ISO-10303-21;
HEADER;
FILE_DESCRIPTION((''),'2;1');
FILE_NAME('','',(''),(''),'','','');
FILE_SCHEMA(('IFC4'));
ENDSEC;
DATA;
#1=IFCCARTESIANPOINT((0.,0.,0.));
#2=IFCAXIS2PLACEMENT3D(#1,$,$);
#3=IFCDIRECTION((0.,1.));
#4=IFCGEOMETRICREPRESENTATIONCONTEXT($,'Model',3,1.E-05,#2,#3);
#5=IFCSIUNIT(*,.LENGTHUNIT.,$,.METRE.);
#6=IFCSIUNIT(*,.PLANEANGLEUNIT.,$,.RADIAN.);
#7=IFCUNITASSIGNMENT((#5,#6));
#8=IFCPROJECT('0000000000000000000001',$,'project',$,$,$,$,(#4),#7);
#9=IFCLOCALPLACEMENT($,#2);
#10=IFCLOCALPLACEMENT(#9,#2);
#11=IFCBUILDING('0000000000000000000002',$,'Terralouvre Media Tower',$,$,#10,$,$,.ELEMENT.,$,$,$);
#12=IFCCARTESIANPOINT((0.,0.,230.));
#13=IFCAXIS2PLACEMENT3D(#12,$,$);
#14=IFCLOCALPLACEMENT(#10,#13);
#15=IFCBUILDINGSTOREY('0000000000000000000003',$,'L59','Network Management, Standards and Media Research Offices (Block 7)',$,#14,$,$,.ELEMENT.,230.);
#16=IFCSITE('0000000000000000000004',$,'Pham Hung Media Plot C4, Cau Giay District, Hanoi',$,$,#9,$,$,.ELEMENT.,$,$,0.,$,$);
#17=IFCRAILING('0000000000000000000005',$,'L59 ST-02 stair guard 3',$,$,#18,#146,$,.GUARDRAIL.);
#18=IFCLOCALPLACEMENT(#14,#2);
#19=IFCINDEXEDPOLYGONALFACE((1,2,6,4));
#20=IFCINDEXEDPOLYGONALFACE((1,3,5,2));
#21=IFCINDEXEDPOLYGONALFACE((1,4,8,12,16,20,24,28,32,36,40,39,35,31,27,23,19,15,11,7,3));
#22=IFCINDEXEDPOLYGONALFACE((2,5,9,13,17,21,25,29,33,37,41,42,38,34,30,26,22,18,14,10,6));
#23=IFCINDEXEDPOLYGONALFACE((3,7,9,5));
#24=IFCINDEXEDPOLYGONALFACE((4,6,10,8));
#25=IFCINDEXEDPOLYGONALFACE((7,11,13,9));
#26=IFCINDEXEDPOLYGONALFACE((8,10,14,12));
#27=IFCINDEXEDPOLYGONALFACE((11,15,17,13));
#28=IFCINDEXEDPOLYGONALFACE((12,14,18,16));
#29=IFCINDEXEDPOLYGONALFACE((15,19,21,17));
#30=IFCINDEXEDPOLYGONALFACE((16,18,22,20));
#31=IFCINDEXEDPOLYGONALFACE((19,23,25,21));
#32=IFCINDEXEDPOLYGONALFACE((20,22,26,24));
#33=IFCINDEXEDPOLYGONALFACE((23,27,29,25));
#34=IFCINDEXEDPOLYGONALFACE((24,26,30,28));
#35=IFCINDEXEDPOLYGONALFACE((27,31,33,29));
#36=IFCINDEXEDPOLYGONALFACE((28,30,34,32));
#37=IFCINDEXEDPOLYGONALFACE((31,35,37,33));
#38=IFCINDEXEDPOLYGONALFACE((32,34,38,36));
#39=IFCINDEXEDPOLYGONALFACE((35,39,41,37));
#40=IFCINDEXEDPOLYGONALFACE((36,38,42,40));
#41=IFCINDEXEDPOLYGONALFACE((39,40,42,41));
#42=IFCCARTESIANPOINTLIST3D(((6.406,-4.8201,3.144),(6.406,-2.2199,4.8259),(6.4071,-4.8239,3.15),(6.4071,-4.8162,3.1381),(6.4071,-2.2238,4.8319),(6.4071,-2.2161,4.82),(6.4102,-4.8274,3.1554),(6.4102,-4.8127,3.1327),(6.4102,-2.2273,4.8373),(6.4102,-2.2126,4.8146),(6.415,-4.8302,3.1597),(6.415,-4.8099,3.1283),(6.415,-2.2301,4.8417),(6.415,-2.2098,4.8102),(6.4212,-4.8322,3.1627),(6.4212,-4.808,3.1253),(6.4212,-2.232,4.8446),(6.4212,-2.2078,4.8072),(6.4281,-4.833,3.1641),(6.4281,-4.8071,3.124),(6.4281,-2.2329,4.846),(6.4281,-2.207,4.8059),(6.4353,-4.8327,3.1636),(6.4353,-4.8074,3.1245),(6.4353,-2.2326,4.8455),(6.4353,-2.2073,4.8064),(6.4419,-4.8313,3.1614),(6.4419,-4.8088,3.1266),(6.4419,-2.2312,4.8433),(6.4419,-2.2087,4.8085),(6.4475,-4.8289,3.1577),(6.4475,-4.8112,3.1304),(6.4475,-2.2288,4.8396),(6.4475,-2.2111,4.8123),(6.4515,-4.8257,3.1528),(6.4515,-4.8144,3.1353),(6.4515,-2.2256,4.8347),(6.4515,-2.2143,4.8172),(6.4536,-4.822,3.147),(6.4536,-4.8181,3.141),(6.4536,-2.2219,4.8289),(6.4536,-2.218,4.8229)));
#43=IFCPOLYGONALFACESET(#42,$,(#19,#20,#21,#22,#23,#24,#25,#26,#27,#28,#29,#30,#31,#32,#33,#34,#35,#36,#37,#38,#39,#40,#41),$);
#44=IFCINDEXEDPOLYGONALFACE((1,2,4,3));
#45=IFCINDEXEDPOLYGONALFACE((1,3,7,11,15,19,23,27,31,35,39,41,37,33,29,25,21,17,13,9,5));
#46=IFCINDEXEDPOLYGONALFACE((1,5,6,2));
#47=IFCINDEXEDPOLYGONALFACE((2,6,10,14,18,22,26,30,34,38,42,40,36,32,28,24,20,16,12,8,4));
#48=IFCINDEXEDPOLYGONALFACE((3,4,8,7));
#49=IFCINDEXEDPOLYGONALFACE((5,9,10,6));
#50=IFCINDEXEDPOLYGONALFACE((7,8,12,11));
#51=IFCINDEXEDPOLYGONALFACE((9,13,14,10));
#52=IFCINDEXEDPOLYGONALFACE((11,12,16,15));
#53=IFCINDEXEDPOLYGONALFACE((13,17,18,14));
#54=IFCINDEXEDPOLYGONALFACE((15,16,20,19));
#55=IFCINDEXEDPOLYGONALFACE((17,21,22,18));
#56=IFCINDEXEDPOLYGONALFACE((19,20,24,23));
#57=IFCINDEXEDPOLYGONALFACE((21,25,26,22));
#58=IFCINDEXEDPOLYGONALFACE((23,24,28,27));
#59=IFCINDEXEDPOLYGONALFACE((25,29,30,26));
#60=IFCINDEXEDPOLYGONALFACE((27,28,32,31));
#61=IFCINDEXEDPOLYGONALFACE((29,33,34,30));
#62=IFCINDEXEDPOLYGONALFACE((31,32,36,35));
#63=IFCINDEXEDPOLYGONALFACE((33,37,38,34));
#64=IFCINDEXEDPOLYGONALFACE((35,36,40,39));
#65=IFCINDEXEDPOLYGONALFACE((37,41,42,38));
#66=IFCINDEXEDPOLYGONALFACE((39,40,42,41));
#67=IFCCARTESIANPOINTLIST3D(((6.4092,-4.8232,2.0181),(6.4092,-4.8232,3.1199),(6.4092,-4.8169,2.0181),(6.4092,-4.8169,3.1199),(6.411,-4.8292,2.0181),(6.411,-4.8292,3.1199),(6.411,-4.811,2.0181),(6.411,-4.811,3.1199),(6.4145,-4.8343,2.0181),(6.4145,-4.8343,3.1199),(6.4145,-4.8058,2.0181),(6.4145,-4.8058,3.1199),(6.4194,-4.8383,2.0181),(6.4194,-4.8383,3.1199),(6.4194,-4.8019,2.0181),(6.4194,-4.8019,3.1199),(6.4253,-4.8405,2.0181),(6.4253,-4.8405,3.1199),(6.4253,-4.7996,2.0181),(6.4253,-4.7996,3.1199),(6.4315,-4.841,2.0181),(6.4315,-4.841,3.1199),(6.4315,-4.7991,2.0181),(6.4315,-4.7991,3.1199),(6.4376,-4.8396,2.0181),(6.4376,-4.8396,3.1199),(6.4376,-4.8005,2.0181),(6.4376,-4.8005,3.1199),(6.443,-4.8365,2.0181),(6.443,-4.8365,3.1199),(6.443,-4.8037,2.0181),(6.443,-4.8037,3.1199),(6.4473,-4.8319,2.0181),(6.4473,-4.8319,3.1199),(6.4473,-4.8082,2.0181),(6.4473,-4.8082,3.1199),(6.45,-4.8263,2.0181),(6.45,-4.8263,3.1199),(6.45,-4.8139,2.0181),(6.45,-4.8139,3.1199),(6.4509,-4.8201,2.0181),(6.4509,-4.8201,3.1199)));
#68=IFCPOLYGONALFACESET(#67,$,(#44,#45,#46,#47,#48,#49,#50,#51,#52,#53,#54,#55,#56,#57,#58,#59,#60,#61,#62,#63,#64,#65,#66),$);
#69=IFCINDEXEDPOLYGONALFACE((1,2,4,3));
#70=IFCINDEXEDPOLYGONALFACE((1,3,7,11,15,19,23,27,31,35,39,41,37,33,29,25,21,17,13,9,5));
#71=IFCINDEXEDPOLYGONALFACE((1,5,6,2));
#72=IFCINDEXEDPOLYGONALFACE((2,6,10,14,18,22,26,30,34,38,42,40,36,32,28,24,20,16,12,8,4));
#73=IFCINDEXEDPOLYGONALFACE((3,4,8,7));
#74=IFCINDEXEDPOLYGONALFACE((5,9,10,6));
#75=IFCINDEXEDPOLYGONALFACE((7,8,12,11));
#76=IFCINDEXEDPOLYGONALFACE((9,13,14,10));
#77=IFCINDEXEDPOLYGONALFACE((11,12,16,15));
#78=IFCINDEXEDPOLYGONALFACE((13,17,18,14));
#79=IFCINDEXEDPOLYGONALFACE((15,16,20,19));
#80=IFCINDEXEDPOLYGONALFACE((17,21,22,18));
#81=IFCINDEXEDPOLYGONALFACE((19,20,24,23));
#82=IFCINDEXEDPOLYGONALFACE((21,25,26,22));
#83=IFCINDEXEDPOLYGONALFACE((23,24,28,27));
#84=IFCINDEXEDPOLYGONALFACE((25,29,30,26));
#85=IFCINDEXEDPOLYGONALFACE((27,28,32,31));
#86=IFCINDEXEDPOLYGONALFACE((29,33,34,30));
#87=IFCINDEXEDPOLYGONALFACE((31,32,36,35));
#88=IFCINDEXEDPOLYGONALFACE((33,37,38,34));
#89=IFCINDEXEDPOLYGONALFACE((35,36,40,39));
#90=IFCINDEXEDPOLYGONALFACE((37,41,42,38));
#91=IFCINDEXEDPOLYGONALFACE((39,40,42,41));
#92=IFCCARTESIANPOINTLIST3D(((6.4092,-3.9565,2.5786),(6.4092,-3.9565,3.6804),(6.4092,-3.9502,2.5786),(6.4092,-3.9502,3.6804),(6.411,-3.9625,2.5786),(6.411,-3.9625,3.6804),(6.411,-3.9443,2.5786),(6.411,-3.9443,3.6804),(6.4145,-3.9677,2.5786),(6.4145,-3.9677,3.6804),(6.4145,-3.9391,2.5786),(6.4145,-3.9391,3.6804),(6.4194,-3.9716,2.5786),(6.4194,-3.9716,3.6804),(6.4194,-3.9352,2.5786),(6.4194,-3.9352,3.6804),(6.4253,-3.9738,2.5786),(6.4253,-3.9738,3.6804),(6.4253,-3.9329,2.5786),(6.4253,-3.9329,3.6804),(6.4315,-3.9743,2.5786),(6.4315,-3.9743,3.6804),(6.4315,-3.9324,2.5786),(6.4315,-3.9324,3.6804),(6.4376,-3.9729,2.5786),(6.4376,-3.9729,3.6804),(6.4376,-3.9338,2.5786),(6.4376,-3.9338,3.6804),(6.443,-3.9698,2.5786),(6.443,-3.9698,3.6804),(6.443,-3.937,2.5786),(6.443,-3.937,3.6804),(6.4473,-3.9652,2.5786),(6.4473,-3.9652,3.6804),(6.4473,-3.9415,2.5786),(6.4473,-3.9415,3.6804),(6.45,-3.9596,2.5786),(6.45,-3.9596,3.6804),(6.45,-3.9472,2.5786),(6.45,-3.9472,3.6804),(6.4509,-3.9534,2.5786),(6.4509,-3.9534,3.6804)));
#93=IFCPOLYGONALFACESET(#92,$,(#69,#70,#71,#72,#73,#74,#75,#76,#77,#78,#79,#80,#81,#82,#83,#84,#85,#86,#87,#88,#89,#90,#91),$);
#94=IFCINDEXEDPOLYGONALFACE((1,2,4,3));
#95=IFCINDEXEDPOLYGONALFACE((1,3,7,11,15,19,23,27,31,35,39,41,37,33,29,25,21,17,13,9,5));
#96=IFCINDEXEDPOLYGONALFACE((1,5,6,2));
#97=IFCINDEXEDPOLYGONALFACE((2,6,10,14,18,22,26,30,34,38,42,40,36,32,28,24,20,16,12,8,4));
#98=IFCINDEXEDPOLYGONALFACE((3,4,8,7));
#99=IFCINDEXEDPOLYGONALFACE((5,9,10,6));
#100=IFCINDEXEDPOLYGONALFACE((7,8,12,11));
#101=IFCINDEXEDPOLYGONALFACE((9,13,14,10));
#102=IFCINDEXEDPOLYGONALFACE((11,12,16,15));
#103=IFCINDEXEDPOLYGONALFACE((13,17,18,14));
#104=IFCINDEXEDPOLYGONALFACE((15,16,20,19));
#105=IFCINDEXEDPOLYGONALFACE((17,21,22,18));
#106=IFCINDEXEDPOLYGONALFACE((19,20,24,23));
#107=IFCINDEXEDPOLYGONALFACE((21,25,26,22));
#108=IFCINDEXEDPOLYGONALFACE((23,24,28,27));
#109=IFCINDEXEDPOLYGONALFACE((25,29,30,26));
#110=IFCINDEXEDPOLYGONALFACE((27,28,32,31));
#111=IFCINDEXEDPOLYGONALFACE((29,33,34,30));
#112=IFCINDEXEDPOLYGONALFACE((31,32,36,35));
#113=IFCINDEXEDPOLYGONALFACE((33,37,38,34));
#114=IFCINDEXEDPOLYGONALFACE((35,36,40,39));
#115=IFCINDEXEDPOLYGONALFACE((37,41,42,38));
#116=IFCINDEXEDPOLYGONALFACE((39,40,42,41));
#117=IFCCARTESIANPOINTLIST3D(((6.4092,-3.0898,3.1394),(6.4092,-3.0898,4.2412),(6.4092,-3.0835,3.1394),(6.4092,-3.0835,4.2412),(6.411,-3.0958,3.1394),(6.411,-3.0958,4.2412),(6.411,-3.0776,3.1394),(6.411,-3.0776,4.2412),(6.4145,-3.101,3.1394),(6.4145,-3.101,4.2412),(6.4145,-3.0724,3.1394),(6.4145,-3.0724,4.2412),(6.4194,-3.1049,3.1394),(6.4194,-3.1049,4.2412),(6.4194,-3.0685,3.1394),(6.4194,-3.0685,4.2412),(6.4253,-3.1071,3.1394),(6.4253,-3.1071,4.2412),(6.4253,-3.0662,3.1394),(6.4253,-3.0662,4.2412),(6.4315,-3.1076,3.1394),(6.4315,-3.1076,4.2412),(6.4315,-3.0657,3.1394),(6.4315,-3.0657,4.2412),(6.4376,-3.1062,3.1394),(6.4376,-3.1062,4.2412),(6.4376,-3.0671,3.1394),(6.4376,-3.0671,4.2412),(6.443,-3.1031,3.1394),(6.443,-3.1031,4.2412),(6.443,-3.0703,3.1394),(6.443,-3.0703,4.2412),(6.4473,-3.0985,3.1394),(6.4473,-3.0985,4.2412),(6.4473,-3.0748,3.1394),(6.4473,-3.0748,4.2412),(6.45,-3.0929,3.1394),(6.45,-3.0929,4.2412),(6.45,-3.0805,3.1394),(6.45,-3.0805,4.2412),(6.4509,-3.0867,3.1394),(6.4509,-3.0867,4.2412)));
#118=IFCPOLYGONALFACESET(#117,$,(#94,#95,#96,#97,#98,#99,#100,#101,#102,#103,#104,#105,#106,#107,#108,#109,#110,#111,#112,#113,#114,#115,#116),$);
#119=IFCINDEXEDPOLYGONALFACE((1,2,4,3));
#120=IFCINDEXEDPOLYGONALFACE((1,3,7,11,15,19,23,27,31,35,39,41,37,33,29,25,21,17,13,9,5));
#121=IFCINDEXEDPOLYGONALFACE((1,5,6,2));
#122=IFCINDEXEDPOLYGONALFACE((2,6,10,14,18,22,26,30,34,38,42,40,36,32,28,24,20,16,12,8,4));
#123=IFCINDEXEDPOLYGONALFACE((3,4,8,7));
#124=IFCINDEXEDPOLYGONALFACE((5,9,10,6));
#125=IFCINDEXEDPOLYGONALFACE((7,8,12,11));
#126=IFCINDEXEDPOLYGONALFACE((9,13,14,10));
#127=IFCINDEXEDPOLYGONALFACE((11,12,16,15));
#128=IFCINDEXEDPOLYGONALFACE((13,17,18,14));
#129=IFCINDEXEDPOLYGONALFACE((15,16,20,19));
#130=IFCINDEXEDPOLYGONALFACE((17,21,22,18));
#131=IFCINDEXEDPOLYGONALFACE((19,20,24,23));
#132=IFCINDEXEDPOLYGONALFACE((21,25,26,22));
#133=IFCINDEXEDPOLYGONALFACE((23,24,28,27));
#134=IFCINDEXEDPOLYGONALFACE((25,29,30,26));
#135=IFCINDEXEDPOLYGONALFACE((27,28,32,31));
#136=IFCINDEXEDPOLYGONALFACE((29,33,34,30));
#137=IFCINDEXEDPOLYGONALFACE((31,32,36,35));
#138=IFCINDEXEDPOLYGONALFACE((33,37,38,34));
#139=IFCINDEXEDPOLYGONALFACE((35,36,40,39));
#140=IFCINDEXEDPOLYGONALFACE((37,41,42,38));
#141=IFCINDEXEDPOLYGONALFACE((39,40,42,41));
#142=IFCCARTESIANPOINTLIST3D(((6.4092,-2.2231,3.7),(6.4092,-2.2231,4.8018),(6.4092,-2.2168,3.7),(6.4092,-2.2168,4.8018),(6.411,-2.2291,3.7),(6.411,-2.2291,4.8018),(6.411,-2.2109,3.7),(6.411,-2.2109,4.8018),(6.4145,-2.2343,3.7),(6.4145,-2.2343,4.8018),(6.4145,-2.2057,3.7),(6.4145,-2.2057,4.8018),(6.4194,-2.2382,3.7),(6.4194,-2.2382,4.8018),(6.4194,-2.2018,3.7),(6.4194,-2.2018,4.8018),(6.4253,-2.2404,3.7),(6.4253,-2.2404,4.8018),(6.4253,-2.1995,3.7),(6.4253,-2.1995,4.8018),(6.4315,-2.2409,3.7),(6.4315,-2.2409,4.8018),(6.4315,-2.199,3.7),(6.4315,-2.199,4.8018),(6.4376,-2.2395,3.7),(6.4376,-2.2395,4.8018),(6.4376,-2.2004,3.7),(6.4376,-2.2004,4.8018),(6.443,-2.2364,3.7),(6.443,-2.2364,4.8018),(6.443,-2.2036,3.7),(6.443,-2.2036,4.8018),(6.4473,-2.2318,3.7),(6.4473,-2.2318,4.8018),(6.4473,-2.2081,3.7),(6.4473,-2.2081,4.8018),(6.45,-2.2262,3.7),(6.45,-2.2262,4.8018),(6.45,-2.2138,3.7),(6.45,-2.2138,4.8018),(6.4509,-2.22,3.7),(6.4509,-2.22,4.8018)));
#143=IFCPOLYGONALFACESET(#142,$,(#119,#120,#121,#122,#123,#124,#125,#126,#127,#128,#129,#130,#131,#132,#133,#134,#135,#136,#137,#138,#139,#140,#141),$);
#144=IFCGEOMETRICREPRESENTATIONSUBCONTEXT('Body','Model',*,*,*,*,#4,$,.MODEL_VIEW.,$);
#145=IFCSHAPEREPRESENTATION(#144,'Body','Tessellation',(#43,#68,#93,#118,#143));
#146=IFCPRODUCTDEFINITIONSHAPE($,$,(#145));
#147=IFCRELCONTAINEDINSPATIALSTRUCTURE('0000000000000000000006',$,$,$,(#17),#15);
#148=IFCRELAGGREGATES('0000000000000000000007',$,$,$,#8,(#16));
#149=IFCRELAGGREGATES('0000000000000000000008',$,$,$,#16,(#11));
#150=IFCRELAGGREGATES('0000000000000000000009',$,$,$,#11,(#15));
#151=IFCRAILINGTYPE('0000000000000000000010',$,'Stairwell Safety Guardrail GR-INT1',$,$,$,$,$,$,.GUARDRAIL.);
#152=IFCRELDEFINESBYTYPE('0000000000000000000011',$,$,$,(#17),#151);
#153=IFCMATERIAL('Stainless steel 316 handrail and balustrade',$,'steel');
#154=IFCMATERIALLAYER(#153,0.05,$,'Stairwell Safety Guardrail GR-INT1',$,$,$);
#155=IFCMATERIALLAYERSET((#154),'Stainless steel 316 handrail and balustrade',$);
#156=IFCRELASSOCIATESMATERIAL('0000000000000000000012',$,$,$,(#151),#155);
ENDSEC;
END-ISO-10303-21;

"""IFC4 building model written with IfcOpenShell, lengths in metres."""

from ifc_helpers import new_model, si_unit, direction, frame, origin, origin_2d, place, context, subcontext, project, spatial, circle, extrude, material, layer, layer_set, type_object, element, save


model = new_model("IFC4")

# Units and contexts
model_context = context("Model", 3, precision=1e-05, world=origin(), true_north=direction((0.0, 1.0)))
body_context = subcontext(model_context, "Body", "Model", "MODEL_VIEW")
ifc_project = project(units=[si_unit("LENGTHUNIT", "METRE"), si_unit("PLANEANGLEUNIT", "RADIAN")], contexts=[model_context])

# Site, building, storey
site_placement = place(None, origin())
site = spatial("IfcSite", under=ifc_project, at=site_placement, Name="Pham Hung Media Plot C4, Cau Giay District, Hanoi", CompositionType="ELEMENT", RefElevation=0.0)
building_placement = place(site_placement, origin())
building = spatial("IfcBuilding", under=site, at=building_placement, Name="Terralouvre Media Tower", CompositionType="ELEMENT")
storey_placement = place(building_placement, frame((0.0, 0.0, 230.0)))
storey = spatial("IfcBuildingStorey", under=building, at=storey_placement, Name="L59", Description="Network Management, Standards and Media Research Offices (Block 7)", CompositionType="ELEMENT", Elevation=230.0)

# Railing
ifc_material_1 = material(Name="Stainless steel 316 handrail and balustrade", Category="steel")
ifc_layer_1 = layer(ifc_material_1, 0.05, Name="Stairwell Safety Guardrail GR-INT1")
ifc_layer_set_1 = layer_set([ifc_layer_1], Name="Stainless steel 316 handrail and balustrade")
railing_type_1 = type_object("IfcRailingType", Name="Stairwell Safety Guardrail GR-INT1", PredefinedType="GUARDRAIL", material=ifc_layer_set_1)
railing_1_placement = place(storey_placement, frame((6.4299, -4.8201, 2.0181)))
element("IfcRailing", 1, at=railing_1_placement, inside=storey, type_object=railing_type_1, Name="L59 ST-02 stair guard 3", PredefinedType="GUARDRAIL", context=body_context, shape_type="SweptSolid", body=[
    extrude(circle(Radius=0.0239, at=origin_2d()), frame((0.0, 0.0, 1.126), z_axis=(0.0, 0.839648, 0.54313), x_axis=(-1.0, 0.0, 0.0)), (0.0, 0.0, 1.0), 3.0967),
    extrude(circle(Radius=0.021, at=origin_2d()), origin(), (0.0, 0.0, 1.0), 1.1018),
    extrude(circle(Radius=0.021, at=origin_2d()), frame((0.0, 0.8667, 0.5605)), (0.0, 0.0, 1.0), 1.1018),
    extrude(circle(Radius=0.021, at=origin_2d()), frame((0.0, 1.7334, 1.1213)), (0.0, 0.0, 1.0), 1.1018),
    extrude(circle(Radius=0.021, at=origin_2d()), frame((0.0, 2.6001, 1.6819)), (0.0, 0.0, 1.0), 1.1018),
])

save(model, "model.ifc")
